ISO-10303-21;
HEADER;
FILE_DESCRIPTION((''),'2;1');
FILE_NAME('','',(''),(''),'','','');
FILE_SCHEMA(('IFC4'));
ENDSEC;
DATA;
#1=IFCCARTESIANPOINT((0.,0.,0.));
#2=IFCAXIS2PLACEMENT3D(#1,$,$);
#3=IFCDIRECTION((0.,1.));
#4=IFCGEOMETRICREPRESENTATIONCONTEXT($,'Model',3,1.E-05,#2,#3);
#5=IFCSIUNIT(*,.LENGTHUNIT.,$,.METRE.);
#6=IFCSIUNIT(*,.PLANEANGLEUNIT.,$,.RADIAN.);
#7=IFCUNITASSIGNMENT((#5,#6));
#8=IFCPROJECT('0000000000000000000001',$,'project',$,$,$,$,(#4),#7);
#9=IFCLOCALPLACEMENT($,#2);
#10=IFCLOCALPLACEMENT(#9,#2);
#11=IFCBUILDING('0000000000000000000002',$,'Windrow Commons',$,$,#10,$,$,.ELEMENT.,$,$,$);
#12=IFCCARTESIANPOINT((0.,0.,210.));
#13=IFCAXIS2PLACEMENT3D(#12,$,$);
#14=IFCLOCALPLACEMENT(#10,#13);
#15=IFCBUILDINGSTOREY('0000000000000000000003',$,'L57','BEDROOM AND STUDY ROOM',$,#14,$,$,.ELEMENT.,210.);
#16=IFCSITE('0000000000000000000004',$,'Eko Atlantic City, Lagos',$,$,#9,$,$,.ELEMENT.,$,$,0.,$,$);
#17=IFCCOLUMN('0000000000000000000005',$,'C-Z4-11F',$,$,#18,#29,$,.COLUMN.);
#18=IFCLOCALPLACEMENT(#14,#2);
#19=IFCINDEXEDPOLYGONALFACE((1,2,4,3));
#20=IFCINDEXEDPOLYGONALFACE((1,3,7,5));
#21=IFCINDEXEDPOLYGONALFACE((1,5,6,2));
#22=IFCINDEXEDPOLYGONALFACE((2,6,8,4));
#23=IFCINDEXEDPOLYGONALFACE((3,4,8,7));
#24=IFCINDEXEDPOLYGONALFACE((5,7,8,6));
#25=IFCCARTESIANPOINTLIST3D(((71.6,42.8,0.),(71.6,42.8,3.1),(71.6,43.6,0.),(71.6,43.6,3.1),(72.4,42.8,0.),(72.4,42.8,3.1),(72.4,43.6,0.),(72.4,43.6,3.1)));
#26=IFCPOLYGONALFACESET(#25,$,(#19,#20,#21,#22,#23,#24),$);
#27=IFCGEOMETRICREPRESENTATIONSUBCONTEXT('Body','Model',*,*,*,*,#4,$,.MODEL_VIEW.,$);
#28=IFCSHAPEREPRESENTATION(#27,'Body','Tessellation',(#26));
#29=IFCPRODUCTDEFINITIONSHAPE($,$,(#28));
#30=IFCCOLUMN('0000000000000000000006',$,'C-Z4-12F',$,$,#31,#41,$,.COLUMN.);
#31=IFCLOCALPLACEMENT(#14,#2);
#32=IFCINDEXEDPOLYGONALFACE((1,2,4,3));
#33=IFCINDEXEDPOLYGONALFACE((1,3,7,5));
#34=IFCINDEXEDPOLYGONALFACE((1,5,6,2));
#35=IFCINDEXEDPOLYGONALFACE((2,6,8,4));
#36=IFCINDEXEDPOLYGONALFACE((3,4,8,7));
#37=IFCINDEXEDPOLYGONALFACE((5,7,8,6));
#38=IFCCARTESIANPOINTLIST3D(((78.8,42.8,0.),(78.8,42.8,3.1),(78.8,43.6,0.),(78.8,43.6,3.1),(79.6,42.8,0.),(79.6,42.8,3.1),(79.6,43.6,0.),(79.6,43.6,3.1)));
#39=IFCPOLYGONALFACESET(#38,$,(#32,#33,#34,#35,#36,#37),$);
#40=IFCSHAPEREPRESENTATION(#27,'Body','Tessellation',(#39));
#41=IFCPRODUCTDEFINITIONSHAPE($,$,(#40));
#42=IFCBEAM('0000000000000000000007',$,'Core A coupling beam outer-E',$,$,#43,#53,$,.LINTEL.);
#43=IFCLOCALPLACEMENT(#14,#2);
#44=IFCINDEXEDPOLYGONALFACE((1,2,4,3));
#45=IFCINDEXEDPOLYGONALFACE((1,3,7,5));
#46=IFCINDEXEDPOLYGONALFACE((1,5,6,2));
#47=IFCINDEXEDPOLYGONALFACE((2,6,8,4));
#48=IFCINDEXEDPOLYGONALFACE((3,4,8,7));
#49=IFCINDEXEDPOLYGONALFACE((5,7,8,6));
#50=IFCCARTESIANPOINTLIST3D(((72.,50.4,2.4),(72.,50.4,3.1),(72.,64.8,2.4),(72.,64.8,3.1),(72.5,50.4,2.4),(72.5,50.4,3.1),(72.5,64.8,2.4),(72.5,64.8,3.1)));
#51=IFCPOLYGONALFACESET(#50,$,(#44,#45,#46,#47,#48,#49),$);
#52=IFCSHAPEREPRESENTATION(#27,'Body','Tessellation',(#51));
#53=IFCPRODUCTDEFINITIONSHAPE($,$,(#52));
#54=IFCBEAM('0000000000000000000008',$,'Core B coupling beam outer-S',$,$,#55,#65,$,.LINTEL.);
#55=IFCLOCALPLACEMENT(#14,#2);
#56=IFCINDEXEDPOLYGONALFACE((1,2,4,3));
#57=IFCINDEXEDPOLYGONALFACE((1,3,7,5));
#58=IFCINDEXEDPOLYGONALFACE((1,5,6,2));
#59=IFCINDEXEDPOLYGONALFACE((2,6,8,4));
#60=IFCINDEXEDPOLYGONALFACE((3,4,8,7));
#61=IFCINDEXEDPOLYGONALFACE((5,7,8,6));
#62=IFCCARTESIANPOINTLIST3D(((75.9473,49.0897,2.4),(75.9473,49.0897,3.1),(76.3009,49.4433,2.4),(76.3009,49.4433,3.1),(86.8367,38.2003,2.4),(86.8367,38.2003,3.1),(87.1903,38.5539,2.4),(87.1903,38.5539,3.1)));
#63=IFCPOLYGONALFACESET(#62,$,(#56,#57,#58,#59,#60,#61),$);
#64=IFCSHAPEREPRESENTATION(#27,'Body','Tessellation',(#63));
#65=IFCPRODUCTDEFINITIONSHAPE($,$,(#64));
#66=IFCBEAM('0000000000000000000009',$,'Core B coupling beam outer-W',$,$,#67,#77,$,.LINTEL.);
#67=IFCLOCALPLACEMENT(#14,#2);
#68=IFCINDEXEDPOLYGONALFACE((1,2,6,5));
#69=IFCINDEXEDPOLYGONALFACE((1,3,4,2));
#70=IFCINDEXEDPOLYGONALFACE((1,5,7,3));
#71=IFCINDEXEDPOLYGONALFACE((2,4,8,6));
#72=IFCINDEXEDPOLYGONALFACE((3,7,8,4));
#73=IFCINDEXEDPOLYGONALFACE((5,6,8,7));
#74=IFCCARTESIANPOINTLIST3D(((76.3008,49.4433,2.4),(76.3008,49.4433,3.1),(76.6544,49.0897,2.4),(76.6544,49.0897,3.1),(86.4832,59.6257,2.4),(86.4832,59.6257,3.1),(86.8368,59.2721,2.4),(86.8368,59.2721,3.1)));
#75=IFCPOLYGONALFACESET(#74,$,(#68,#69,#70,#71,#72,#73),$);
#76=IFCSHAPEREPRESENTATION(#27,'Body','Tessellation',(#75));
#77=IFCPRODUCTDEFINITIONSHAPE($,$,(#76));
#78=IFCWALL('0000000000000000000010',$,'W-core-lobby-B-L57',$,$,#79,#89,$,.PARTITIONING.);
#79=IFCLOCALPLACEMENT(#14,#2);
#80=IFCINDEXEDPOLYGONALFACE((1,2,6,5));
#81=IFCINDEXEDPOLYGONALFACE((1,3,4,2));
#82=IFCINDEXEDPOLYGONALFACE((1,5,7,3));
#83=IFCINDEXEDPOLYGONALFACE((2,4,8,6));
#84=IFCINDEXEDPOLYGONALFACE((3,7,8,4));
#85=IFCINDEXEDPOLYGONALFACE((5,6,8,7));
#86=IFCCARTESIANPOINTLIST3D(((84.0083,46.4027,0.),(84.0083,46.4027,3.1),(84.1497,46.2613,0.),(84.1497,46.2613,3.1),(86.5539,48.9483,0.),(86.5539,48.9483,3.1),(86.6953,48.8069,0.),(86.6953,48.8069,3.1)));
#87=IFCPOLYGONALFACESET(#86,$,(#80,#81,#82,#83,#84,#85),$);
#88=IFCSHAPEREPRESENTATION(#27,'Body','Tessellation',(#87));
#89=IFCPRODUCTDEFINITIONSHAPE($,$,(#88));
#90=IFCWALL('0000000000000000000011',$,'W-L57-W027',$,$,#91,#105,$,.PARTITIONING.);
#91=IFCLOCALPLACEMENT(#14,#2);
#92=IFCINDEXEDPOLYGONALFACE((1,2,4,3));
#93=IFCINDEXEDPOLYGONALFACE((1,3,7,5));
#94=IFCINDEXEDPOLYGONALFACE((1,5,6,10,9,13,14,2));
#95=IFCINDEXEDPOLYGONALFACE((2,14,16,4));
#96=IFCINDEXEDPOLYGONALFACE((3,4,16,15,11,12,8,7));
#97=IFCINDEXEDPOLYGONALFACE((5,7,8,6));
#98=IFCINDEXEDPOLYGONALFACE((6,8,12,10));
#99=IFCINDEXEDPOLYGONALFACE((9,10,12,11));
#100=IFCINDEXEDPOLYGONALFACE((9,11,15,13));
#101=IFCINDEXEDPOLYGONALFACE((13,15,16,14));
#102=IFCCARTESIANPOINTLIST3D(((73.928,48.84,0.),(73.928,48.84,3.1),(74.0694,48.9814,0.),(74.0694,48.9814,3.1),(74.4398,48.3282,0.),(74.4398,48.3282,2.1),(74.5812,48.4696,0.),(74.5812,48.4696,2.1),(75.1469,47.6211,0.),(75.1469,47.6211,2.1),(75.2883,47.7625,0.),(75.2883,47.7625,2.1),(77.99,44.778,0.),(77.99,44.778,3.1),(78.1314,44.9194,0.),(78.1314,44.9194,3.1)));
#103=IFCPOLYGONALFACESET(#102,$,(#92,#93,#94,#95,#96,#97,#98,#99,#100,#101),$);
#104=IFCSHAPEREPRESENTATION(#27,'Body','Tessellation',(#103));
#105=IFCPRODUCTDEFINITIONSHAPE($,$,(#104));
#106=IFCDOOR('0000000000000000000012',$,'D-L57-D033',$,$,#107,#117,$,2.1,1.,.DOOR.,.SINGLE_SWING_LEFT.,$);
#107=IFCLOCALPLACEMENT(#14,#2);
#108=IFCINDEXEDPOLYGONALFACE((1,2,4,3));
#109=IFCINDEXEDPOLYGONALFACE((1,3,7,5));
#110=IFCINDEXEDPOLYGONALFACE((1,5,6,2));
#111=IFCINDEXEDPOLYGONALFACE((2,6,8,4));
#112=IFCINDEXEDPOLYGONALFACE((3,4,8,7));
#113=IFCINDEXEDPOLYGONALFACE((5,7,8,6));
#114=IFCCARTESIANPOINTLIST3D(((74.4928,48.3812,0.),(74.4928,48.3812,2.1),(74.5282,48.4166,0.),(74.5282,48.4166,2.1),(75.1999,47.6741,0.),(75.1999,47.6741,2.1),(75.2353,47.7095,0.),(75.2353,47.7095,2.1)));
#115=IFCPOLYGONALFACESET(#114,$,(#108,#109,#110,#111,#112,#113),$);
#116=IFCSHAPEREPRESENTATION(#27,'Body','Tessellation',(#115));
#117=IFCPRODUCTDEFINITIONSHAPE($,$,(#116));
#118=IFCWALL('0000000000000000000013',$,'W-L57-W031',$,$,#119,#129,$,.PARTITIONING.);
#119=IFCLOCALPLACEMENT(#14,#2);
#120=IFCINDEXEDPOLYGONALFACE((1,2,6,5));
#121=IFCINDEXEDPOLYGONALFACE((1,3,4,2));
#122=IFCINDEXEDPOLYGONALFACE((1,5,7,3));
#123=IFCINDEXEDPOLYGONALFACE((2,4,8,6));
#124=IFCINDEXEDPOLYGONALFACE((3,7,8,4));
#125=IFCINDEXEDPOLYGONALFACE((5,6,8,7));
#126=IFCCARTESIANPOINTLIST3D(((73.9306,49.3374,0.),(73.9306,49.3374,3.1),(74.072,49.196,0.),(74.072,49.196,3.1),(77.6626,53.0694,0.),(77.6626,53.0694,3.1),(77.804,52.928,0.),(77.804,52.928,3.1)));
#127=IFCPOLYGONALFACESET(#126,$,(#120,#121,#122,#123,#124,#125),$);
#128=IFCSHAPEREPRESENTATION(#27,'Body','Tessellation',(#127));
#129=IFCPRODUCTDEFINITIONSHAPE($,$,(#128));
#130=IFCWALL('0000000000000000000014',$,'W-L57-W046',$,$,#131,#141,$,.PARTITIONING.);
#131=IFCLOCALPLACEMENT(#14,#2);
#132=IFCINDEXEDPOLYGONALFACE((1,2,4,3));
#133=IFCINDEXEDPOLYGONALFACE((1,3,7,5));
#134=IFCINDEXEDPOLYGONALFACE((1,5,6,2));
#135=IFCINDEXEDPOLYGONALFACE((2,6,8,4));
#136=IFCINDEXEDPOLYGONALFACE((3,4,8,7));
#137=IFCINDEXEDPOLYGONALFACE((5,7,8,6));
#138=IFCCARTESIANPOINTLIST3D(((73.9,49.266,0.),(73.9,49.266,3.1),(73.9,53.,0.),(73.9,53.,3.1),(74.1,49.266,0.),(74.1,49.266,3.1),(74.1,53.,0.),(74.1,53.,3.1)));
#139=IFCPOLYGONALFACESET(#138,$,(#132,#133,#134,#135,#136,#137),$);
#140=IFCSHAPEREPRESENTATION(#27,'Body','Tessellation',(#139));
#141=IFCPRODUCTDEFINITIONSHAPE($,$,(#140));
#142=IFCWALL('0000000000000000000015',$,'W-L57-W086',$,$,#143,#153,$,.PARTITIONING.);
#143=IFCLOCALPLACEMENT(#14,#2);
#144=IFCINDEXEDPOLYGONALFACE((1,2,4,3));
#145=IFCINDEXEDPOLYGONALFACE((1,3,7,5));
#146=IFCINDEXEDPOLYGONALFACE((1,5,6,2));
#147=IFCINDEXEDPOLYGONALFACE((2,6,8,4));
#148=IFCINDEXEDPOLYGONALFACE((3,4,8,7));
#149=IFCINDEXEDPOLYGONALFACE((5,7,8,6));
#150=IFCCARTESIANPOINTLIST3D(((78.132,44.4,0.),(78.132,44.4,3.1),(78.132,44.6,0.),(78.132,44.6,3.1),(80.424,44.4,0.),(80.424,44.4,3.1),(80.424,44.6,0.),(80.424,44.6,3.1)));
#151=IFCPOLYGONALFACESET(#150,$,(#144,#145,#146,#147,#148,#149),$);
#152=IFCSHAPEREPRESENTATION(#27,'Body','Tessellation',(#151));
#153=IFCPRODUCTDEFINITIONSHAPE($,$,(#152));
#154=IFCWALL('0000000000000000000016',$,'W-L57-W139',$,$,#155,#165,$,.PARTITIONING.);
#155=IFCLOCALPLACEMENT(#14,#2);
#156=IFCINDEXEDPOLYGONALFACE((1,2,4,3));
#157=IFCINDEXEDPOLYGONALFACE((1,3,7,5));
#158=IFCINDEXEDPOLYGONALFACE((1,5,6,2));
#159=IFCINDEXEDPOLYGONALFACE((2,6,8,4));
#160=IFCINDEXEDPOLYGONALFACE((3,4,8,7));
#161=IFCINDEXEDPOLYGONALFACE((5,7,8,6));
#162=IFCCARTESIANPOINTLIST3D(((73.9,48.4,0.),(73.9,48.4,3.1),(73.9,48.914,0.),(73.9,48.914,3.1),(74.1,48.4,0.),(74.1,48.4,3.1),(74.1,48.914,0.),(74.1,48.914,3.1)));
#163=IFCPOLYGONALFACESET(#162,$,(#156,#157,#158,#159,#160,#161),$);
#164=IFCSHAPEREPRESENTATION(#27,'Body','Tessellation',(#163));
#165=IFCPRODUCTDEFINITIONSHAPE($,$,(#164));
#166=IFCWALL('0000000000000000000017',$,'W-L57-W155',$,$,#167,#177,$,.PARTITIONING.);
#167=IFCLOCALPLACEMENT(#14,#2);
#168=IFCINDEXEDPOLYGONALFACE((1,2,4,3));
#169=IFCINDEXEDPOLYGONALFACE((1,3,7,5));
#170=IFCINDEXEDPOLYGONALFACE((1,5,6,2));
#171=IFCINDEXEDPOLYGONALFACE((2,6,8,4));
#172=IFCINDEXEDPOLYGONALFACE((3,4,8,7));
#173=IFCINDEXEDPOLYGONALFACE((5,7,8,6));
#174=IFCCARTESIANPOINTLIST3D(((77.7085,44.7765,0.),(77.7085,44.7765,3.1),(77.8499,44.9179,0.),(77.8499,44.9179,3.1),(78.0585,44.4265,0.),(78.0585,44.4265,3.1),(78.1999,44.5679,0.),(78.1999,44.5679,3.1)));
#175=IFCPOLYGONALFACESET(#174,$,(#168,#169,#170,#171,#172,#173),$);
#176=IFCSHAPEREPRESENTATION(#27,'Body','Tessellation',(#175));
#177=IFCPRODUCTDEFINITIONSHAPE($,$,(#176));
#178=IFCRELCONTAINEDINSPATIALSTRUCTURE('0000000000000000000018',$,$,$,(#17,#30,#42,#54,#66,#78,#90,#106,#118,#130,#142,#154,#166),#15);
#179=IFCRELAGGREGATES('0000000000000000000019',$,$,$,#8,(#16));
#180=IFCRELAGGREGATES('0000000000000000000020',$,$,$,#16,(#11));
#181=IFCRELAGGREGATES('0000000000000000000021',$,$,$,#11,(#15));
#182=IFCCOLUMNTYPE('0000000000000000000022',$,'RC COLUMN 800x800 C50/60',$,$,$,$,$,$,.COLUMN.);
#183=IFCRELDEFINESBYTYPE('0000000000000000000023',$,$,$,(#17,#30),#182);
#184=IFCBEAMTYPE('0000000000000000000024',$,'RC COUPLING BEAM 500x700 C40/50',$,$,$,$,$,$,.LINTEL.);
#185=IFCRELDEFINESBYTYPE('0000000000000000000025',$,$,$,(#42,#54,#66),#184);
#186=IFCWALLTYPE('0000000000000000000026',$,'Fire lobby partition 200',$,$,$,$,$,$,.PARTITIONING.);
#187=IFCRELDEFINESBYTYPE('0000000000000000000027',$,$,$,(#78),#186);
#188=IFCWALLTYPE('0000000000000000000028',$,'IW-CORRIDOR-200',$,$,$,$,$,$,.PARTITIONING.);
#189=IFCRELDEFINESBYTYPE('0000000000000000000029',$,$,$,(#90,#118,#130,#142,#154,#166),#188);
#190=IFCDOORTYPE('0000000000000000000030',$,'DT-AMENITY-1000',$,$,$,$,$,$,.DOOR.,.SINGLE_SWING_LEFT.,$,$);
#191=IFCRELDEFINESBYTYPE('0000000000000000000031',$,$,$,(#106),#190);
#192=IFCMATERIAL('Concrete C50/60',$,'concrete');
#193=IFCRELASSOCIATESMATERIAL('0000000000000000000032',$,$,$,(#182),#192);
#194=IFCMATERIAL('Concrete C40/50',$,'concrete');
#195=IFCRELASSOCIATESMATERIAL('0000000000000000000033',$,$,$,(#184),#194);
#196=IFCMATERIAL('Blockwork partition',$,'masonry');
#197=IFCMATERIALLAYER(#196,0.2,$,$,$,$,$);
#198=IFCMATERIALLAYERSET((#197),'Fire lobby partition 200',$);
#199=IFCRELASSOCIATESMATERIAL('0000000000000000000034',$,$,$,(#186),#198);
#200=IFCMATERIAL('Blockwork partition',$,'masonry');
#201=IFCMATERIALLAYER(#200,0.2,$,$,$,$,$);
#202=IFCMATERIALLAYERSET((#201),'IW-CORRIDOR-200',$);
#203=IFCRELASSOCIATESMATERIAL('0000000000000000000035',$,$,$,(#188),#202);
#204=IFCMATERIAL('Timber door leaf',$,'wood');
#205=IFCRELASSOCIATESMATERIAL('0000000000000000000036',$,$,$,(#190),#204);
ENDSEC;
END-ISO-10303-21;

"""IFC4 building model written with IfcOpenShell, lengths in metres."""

from ifc_helpers import new_model, si_unit, direction, frame, frame_2d, origin, origin_2d, place, context, subcontext, project, spatial, rectangle, extrude, material, layer, layer_set, material_profile, profile_set, type_object, element, fill, save


model = new_model("IFC4")

# Units and contexts
model_context = context("Model", 3, precision=1e-05, world=origin(), true_north=direction((0.0, 1.0)))
body_context = subcontext(model_context, "Body", "Model", "MODEL_VIEW")
ifc_project = project(units=[si_unit("LENGTHUNIT", "METRE"), si_unit("PLANEANGLEUNIT", "RADIAN")], contexts=[model_context])

# Site, building, storey
site_placement = place(None, origin())
site = spatial("IfcSite", under=ifc_project, at=site_placement, Name="Eko Atlantic City, Lagos", CompositionType="ELEMENT", RefElevation=0.0)
building_placement = place(site_placement, origin())
building = spatial("IfcBuilding", under=site, at=building_placement, Name="Windrow Commons", CompositionType="ELEMENT")
storey_placement = place(building_placement, frame((0.0, 0.0, 210.0)))
storey = spatial("IfcBuildingStorey", under=building, at=storey_placement, Name="L57", Description="BEDROOM AND STUDY ROOM", CompositionType="ELEMENT", Elevation=210.0)

# Columns
ifc_material_1 = material(Name="Concrete C50/60", Category="concrete")
ifc_material_profile_1 = material_profile(ifc_material_1, rectangle(XDim=0.8, YDim=0.8, at=origin_2d()))
ifc_profile_set_1 = profile_set([ifc_material_profile_1], Name="Concrete C50/60")
column_type = type_object("IfcColumnType", Name="RC COLUMN 800x800 C50/60", PredefinedType="COLUMN", material=ifc_profile_set_1)
for number, where, z_axis, x_axis, name in (
    (1, (72.0, 43.2, 0.0), (0.0, 0.0, 1.0), (1.0, 0.0, 0.0), "C-Z4-11F"),
    (2, (79.2, 43.2, 0.0), (0.0, 0.0, 1.0), (1.0, 0.0, 0.0), "C-Z4-12F"),
):
    element("IfcColumn", number, at=place(storey_placement, frame(where, z_axis=z_axis, x_axis=x_axis)), inside=storey, type_object=column_type, Name=name, PredefinedType="COLUMN", context=body_context, shape_type="SweptSolid", body=[
        extrude(rectangle(XDim=0.8, YDim=0.8, at=origin_2d()), origin(), (0.0, 0.0, 1.0), 3.1),
    ])

# Beams
ifc_material_2 = material(Name="Concrete C40/50", Category="concrete")
ifc_material_profile_2 = material_profile(ifc_material_2, rectangle(XDim=0.5, YDim=0.7, at=origin_2d()))
ifc_profile_set_2 = profile_set([ifc_material_profile_2], Name="Concrete C40/50")
beam_type = type_object("IfcBeamType", Name="RC COUPLING BEAM 500x700 C40/50", PredefinedType="LINTEL", material=ifc_profile_set_2)
beam_1_placement = place(storey_placement, frame((72.25, 50.4, 2.75), z_axis=(0.0, 1.0, 0.0), x_axis=(-1.0, 0.0, 0.0)))
element("IfcBeam", 3, at=beam_1_placement, inside=storey, type_object=beam_type, Name="Core A coupling beam outer-E", PredefinedType="LINTEL", context=body_context, shape_type="SweptSolid", body=[
    extrude(rectangle(XDim=0.5, YDim=0.7, at=origin_2d()), origin(), (0.0, 0.0, 1.0), 14.4),
])
beam_2_placement = place(storey_placement, frame((76.1241, 49.2665, 2.75), z_axis=(0.707107, -0.707107, 0.0), x_axis=(0.707107, 0.707107, 0.0)))
element("IfcBeam", 4, at=beam_2_placement, inside=storey, type_object=beam_type, Name="Core B coupling beam outer-S", PredefinedType="LINTEL", context=body_context, shape_type="SweptSolid", body=[
    extrude(rectangle(XDim=0.5, YDim=0.7, at=origin_2d()), origin(), (0.0, 0.0, 1.0), 15.3999),
])
beam_3_placement = place(storey_placement, frame((76.4776, 49.2665, 2.75), z_axis=(0.707107, 0.707107, 0.0), x_axis=(-0.707107, 0.707107, 0.0)))
element("IfcBeam", 5, at=beam_3_placement, inside=storey, type_object=beam_type, Name="Core B coupling beam outer-W", PredefinedType="LINTEL", context=body_context, shape_type="SweptSolid", body=[
    extrude(rectangle(XDim=0.5, YDim=0.7, at=origin_2d()), origin(), (0.0, 0.0, 1.0), 14.4001),
])

# Wall
ifc_material_3 = material(Name="Blockwork partition", Category="masonry")
ifc_layer_1 = layer(ifc_material_3, 0.2)
ifc_layer_set_1 = layer_set([ifc_layer_1], Name="Fire lobby partition 200")
wall_type_1 = type_object("IfcWallType", Name="Fire lobby partition 200", PredefinedType="PARTITIONING", material=ifc_layer_set_1)
wall_1_placement = place(storey_placement, frame((84.079, 46.332, 0.0), z_axis=(0.0, 0.0, 1.0), x_axis=(0.707107, 0.707107, 0.0)))
element("IfcWall", 6, at=wall_1_placement, inside=storey, type_object=wall_type_1, Name="W-core-lobby-B-L57", PredefinedType="PARTITIONING", context=body_context, shape_type="SweptSolid", body=[
    extrude(rectangle(XDim=3.6, YDim=0.2, at=frame_2d((1.8, 0.0))), origin(), (0.0, 0.0, 1.0), 3.1),
])

# Wall, opening, door
ifc_material_4 = material(Name="Blockwork partition", Category="masonry")
ifc_layer_2 = layer(ifc_material_4, 0.2)
ifc_layer_set_2 = layer_set([ifc_layer_2], Name="IW-CORRIDOR-200")
wall_type_2 = type_object("IfcWallType", Name="IW-CORRIDOR-200", PredefinedType="PARTITIONING", material=ifc_layer_set_2)
wall_2_placement = place(storey_placement, frame((73.9987, 48.9107, 0.0), z_axis=(0.0, 0.0, 1.0), x_axis=(0.707107, -0.707107, 0.0)))
wall_2 = element("IfcWall", 7, at=wall_2_placement, inside=storey, type_object=wall_type_2, Name="W-L57-W027", PredefinedType="PARTITIONING", context=body_context, shape_type="SweptSolid", body=[
    extrude(rectangle(XDim=5.7445, YDim=0.2, at=frame_2d((2.8723, 0.0))), origin(), (0.0, 0.0, 1.0), 3.1),
])
opening_1_placement = place(wall_2_placement, frame((0.7238, 0.0, 0.0)))
opening_1 = element("IfcOpeningElement", 8, at=opening_1_placement, cuts=wall_2, PredefinedType="OPENING", context=body_context, shape_type="SweptSolid", body=[
    extrude(rectangle(XDim=1.0, YDim=2.1, at=frame_2d((0.5, 1.05))), frame((0.0, 0.11, 0.0), z_axis=(0.0, -1.0, 0.0), x_axis=(1.0, 0.0, 0.0)), (0.0, 0.0, 1.0), 0.22),
])
ifc_material_5 = material(Name="Timber door leaf", Category="wood")
door_type_1 = type_object("IfcDoorType", Name="DT-AMENITY-1000", OperationType="SINGLE_SWING_LEFT", PredefinedType="DOOR", material=ifc_material_5)
door_1_placement = place(opening_1_placement, origin())
door_1 = element("IfcDoor", 9, at=door_1_placement, inside=storey, type_object=door_type_1, Name="D-L57-D033", OperationType="SINGLE_SWING_LEFT", OverallHeight=2.1, OverallWidth=1.0, PredefinedType="DOOR", context=body_context, shape_type="SweptSolid", body=[
    extrude(rectangle(XDim=1.0, YDim=2.1, at=frame_2d((0.5, 1.05))), frame((0.0, 0.025, 0.0), z_axis=(0.0, -1.0, 0.0), x_axis=(1.0, 0.0, 0.0)), (0.0, 0.0, 1.0), 0.05),
])
fill(opening_1, door_1)

# Walls
wall_3_placement = place(storey_placement, frame((74.0013, 49.2667, 0.0), z_axis=(0.0, 0.0, 1.0), x_axis=(0.707107, 0.707107, 0.0)))
element("IfcWall", 10, at=wall_3_placement, inside=storey, type_object=wall_type_2, Name="W-L57-W031", PredefinedType="PARTITIONING", context=body_context, shape_type="SweptSolid", body=[
    extrude(rectangle(XDim=5.2778, YDim=0.2, at=frame_2d((2.6389, 0.0))), origin(), (0.0, 0.0, 1.0), 3.1),
])
wall_4_placement = place(storey_placement, frame((74.0, 49.266, 0.0), z_axis=(0.0, 0.0, 1.0), x_axis=(0.0, 1.0, 0.0)))
element("IfcWall", 11, at=wall_4_placement, inside=storey, type_object=wall_type_2, Name="W-L57-W046", PredefinedType="PARTITIONING", context=body_context, shape_type="SweptSolid", body=[
    extrude(rectangle(XDim=3.734, YDim=0.2, at=frame_2d((1.867, 0.0))), origin(), (0.0, 0.0, 1.0), 3.1),
])
wall_5_placement = place(storey_placement, frame((78.132, 44.5, 0.0), z_axis=(0.0, 0.0, 1.0), x_axis=(1.0, 0.0, 0.0)))
element("IfcWall", 12, at=wall_5_placement, inside=storey, type_object=wall_type_2, Name="W-L57-W086", PredefinedType="PARTITIONING", context=body_context, shape_type="SweptSolid", body=[
    extrude(rectangle(XDim=2.292, YDim=0.2, at=frame_2d((1.146, 0.0))), origin(), (0.0, 0.0, 1.0), 3.1),
])
wall_6_placement = place(storey_placement, frame((74.0, 48.4, 0.0), z_axis=(0.0, 0.0, 1.0), x_axis=(0.0, 1.0, 0.0)))
element("IfcWall", 13, at=wall_6_placement, inside=storey, type_object=wall_type_2, Name="W-L57-W139", PredefinedType="PARTITIONING", context=body_context, shape_type="SweptSolid", body=[
    extrude(rectangle(XDim=0.514, YDim=0.2, at=frame_2d((0.257, 0.0))), origin(), (0.0, 0.0, 1.0), 3.1),
])
wall_7_placement = place(storey_placement, frame((77.7792, 44.8472, 0.0), z_axis=(0.0, 0.0, 1.0), x_axis=(0.707107, -0.707107, 0.0)))
element("IfcWall", 14, at=wall_7_placement, inside=storey, type_object=wall_type_2, Name="W-L57-W155", PredefinedType="PARTITIONING", context=body_context, shape_type="SweptSolid", body=[
    extrude(rectangle(XDim=0.495, YDim=0.2, at=frame_2d((0.2475, 0.0))), origin(), (0.0, 0.0, 1.0), 3.1),
])

save(model, "model.ifc")
